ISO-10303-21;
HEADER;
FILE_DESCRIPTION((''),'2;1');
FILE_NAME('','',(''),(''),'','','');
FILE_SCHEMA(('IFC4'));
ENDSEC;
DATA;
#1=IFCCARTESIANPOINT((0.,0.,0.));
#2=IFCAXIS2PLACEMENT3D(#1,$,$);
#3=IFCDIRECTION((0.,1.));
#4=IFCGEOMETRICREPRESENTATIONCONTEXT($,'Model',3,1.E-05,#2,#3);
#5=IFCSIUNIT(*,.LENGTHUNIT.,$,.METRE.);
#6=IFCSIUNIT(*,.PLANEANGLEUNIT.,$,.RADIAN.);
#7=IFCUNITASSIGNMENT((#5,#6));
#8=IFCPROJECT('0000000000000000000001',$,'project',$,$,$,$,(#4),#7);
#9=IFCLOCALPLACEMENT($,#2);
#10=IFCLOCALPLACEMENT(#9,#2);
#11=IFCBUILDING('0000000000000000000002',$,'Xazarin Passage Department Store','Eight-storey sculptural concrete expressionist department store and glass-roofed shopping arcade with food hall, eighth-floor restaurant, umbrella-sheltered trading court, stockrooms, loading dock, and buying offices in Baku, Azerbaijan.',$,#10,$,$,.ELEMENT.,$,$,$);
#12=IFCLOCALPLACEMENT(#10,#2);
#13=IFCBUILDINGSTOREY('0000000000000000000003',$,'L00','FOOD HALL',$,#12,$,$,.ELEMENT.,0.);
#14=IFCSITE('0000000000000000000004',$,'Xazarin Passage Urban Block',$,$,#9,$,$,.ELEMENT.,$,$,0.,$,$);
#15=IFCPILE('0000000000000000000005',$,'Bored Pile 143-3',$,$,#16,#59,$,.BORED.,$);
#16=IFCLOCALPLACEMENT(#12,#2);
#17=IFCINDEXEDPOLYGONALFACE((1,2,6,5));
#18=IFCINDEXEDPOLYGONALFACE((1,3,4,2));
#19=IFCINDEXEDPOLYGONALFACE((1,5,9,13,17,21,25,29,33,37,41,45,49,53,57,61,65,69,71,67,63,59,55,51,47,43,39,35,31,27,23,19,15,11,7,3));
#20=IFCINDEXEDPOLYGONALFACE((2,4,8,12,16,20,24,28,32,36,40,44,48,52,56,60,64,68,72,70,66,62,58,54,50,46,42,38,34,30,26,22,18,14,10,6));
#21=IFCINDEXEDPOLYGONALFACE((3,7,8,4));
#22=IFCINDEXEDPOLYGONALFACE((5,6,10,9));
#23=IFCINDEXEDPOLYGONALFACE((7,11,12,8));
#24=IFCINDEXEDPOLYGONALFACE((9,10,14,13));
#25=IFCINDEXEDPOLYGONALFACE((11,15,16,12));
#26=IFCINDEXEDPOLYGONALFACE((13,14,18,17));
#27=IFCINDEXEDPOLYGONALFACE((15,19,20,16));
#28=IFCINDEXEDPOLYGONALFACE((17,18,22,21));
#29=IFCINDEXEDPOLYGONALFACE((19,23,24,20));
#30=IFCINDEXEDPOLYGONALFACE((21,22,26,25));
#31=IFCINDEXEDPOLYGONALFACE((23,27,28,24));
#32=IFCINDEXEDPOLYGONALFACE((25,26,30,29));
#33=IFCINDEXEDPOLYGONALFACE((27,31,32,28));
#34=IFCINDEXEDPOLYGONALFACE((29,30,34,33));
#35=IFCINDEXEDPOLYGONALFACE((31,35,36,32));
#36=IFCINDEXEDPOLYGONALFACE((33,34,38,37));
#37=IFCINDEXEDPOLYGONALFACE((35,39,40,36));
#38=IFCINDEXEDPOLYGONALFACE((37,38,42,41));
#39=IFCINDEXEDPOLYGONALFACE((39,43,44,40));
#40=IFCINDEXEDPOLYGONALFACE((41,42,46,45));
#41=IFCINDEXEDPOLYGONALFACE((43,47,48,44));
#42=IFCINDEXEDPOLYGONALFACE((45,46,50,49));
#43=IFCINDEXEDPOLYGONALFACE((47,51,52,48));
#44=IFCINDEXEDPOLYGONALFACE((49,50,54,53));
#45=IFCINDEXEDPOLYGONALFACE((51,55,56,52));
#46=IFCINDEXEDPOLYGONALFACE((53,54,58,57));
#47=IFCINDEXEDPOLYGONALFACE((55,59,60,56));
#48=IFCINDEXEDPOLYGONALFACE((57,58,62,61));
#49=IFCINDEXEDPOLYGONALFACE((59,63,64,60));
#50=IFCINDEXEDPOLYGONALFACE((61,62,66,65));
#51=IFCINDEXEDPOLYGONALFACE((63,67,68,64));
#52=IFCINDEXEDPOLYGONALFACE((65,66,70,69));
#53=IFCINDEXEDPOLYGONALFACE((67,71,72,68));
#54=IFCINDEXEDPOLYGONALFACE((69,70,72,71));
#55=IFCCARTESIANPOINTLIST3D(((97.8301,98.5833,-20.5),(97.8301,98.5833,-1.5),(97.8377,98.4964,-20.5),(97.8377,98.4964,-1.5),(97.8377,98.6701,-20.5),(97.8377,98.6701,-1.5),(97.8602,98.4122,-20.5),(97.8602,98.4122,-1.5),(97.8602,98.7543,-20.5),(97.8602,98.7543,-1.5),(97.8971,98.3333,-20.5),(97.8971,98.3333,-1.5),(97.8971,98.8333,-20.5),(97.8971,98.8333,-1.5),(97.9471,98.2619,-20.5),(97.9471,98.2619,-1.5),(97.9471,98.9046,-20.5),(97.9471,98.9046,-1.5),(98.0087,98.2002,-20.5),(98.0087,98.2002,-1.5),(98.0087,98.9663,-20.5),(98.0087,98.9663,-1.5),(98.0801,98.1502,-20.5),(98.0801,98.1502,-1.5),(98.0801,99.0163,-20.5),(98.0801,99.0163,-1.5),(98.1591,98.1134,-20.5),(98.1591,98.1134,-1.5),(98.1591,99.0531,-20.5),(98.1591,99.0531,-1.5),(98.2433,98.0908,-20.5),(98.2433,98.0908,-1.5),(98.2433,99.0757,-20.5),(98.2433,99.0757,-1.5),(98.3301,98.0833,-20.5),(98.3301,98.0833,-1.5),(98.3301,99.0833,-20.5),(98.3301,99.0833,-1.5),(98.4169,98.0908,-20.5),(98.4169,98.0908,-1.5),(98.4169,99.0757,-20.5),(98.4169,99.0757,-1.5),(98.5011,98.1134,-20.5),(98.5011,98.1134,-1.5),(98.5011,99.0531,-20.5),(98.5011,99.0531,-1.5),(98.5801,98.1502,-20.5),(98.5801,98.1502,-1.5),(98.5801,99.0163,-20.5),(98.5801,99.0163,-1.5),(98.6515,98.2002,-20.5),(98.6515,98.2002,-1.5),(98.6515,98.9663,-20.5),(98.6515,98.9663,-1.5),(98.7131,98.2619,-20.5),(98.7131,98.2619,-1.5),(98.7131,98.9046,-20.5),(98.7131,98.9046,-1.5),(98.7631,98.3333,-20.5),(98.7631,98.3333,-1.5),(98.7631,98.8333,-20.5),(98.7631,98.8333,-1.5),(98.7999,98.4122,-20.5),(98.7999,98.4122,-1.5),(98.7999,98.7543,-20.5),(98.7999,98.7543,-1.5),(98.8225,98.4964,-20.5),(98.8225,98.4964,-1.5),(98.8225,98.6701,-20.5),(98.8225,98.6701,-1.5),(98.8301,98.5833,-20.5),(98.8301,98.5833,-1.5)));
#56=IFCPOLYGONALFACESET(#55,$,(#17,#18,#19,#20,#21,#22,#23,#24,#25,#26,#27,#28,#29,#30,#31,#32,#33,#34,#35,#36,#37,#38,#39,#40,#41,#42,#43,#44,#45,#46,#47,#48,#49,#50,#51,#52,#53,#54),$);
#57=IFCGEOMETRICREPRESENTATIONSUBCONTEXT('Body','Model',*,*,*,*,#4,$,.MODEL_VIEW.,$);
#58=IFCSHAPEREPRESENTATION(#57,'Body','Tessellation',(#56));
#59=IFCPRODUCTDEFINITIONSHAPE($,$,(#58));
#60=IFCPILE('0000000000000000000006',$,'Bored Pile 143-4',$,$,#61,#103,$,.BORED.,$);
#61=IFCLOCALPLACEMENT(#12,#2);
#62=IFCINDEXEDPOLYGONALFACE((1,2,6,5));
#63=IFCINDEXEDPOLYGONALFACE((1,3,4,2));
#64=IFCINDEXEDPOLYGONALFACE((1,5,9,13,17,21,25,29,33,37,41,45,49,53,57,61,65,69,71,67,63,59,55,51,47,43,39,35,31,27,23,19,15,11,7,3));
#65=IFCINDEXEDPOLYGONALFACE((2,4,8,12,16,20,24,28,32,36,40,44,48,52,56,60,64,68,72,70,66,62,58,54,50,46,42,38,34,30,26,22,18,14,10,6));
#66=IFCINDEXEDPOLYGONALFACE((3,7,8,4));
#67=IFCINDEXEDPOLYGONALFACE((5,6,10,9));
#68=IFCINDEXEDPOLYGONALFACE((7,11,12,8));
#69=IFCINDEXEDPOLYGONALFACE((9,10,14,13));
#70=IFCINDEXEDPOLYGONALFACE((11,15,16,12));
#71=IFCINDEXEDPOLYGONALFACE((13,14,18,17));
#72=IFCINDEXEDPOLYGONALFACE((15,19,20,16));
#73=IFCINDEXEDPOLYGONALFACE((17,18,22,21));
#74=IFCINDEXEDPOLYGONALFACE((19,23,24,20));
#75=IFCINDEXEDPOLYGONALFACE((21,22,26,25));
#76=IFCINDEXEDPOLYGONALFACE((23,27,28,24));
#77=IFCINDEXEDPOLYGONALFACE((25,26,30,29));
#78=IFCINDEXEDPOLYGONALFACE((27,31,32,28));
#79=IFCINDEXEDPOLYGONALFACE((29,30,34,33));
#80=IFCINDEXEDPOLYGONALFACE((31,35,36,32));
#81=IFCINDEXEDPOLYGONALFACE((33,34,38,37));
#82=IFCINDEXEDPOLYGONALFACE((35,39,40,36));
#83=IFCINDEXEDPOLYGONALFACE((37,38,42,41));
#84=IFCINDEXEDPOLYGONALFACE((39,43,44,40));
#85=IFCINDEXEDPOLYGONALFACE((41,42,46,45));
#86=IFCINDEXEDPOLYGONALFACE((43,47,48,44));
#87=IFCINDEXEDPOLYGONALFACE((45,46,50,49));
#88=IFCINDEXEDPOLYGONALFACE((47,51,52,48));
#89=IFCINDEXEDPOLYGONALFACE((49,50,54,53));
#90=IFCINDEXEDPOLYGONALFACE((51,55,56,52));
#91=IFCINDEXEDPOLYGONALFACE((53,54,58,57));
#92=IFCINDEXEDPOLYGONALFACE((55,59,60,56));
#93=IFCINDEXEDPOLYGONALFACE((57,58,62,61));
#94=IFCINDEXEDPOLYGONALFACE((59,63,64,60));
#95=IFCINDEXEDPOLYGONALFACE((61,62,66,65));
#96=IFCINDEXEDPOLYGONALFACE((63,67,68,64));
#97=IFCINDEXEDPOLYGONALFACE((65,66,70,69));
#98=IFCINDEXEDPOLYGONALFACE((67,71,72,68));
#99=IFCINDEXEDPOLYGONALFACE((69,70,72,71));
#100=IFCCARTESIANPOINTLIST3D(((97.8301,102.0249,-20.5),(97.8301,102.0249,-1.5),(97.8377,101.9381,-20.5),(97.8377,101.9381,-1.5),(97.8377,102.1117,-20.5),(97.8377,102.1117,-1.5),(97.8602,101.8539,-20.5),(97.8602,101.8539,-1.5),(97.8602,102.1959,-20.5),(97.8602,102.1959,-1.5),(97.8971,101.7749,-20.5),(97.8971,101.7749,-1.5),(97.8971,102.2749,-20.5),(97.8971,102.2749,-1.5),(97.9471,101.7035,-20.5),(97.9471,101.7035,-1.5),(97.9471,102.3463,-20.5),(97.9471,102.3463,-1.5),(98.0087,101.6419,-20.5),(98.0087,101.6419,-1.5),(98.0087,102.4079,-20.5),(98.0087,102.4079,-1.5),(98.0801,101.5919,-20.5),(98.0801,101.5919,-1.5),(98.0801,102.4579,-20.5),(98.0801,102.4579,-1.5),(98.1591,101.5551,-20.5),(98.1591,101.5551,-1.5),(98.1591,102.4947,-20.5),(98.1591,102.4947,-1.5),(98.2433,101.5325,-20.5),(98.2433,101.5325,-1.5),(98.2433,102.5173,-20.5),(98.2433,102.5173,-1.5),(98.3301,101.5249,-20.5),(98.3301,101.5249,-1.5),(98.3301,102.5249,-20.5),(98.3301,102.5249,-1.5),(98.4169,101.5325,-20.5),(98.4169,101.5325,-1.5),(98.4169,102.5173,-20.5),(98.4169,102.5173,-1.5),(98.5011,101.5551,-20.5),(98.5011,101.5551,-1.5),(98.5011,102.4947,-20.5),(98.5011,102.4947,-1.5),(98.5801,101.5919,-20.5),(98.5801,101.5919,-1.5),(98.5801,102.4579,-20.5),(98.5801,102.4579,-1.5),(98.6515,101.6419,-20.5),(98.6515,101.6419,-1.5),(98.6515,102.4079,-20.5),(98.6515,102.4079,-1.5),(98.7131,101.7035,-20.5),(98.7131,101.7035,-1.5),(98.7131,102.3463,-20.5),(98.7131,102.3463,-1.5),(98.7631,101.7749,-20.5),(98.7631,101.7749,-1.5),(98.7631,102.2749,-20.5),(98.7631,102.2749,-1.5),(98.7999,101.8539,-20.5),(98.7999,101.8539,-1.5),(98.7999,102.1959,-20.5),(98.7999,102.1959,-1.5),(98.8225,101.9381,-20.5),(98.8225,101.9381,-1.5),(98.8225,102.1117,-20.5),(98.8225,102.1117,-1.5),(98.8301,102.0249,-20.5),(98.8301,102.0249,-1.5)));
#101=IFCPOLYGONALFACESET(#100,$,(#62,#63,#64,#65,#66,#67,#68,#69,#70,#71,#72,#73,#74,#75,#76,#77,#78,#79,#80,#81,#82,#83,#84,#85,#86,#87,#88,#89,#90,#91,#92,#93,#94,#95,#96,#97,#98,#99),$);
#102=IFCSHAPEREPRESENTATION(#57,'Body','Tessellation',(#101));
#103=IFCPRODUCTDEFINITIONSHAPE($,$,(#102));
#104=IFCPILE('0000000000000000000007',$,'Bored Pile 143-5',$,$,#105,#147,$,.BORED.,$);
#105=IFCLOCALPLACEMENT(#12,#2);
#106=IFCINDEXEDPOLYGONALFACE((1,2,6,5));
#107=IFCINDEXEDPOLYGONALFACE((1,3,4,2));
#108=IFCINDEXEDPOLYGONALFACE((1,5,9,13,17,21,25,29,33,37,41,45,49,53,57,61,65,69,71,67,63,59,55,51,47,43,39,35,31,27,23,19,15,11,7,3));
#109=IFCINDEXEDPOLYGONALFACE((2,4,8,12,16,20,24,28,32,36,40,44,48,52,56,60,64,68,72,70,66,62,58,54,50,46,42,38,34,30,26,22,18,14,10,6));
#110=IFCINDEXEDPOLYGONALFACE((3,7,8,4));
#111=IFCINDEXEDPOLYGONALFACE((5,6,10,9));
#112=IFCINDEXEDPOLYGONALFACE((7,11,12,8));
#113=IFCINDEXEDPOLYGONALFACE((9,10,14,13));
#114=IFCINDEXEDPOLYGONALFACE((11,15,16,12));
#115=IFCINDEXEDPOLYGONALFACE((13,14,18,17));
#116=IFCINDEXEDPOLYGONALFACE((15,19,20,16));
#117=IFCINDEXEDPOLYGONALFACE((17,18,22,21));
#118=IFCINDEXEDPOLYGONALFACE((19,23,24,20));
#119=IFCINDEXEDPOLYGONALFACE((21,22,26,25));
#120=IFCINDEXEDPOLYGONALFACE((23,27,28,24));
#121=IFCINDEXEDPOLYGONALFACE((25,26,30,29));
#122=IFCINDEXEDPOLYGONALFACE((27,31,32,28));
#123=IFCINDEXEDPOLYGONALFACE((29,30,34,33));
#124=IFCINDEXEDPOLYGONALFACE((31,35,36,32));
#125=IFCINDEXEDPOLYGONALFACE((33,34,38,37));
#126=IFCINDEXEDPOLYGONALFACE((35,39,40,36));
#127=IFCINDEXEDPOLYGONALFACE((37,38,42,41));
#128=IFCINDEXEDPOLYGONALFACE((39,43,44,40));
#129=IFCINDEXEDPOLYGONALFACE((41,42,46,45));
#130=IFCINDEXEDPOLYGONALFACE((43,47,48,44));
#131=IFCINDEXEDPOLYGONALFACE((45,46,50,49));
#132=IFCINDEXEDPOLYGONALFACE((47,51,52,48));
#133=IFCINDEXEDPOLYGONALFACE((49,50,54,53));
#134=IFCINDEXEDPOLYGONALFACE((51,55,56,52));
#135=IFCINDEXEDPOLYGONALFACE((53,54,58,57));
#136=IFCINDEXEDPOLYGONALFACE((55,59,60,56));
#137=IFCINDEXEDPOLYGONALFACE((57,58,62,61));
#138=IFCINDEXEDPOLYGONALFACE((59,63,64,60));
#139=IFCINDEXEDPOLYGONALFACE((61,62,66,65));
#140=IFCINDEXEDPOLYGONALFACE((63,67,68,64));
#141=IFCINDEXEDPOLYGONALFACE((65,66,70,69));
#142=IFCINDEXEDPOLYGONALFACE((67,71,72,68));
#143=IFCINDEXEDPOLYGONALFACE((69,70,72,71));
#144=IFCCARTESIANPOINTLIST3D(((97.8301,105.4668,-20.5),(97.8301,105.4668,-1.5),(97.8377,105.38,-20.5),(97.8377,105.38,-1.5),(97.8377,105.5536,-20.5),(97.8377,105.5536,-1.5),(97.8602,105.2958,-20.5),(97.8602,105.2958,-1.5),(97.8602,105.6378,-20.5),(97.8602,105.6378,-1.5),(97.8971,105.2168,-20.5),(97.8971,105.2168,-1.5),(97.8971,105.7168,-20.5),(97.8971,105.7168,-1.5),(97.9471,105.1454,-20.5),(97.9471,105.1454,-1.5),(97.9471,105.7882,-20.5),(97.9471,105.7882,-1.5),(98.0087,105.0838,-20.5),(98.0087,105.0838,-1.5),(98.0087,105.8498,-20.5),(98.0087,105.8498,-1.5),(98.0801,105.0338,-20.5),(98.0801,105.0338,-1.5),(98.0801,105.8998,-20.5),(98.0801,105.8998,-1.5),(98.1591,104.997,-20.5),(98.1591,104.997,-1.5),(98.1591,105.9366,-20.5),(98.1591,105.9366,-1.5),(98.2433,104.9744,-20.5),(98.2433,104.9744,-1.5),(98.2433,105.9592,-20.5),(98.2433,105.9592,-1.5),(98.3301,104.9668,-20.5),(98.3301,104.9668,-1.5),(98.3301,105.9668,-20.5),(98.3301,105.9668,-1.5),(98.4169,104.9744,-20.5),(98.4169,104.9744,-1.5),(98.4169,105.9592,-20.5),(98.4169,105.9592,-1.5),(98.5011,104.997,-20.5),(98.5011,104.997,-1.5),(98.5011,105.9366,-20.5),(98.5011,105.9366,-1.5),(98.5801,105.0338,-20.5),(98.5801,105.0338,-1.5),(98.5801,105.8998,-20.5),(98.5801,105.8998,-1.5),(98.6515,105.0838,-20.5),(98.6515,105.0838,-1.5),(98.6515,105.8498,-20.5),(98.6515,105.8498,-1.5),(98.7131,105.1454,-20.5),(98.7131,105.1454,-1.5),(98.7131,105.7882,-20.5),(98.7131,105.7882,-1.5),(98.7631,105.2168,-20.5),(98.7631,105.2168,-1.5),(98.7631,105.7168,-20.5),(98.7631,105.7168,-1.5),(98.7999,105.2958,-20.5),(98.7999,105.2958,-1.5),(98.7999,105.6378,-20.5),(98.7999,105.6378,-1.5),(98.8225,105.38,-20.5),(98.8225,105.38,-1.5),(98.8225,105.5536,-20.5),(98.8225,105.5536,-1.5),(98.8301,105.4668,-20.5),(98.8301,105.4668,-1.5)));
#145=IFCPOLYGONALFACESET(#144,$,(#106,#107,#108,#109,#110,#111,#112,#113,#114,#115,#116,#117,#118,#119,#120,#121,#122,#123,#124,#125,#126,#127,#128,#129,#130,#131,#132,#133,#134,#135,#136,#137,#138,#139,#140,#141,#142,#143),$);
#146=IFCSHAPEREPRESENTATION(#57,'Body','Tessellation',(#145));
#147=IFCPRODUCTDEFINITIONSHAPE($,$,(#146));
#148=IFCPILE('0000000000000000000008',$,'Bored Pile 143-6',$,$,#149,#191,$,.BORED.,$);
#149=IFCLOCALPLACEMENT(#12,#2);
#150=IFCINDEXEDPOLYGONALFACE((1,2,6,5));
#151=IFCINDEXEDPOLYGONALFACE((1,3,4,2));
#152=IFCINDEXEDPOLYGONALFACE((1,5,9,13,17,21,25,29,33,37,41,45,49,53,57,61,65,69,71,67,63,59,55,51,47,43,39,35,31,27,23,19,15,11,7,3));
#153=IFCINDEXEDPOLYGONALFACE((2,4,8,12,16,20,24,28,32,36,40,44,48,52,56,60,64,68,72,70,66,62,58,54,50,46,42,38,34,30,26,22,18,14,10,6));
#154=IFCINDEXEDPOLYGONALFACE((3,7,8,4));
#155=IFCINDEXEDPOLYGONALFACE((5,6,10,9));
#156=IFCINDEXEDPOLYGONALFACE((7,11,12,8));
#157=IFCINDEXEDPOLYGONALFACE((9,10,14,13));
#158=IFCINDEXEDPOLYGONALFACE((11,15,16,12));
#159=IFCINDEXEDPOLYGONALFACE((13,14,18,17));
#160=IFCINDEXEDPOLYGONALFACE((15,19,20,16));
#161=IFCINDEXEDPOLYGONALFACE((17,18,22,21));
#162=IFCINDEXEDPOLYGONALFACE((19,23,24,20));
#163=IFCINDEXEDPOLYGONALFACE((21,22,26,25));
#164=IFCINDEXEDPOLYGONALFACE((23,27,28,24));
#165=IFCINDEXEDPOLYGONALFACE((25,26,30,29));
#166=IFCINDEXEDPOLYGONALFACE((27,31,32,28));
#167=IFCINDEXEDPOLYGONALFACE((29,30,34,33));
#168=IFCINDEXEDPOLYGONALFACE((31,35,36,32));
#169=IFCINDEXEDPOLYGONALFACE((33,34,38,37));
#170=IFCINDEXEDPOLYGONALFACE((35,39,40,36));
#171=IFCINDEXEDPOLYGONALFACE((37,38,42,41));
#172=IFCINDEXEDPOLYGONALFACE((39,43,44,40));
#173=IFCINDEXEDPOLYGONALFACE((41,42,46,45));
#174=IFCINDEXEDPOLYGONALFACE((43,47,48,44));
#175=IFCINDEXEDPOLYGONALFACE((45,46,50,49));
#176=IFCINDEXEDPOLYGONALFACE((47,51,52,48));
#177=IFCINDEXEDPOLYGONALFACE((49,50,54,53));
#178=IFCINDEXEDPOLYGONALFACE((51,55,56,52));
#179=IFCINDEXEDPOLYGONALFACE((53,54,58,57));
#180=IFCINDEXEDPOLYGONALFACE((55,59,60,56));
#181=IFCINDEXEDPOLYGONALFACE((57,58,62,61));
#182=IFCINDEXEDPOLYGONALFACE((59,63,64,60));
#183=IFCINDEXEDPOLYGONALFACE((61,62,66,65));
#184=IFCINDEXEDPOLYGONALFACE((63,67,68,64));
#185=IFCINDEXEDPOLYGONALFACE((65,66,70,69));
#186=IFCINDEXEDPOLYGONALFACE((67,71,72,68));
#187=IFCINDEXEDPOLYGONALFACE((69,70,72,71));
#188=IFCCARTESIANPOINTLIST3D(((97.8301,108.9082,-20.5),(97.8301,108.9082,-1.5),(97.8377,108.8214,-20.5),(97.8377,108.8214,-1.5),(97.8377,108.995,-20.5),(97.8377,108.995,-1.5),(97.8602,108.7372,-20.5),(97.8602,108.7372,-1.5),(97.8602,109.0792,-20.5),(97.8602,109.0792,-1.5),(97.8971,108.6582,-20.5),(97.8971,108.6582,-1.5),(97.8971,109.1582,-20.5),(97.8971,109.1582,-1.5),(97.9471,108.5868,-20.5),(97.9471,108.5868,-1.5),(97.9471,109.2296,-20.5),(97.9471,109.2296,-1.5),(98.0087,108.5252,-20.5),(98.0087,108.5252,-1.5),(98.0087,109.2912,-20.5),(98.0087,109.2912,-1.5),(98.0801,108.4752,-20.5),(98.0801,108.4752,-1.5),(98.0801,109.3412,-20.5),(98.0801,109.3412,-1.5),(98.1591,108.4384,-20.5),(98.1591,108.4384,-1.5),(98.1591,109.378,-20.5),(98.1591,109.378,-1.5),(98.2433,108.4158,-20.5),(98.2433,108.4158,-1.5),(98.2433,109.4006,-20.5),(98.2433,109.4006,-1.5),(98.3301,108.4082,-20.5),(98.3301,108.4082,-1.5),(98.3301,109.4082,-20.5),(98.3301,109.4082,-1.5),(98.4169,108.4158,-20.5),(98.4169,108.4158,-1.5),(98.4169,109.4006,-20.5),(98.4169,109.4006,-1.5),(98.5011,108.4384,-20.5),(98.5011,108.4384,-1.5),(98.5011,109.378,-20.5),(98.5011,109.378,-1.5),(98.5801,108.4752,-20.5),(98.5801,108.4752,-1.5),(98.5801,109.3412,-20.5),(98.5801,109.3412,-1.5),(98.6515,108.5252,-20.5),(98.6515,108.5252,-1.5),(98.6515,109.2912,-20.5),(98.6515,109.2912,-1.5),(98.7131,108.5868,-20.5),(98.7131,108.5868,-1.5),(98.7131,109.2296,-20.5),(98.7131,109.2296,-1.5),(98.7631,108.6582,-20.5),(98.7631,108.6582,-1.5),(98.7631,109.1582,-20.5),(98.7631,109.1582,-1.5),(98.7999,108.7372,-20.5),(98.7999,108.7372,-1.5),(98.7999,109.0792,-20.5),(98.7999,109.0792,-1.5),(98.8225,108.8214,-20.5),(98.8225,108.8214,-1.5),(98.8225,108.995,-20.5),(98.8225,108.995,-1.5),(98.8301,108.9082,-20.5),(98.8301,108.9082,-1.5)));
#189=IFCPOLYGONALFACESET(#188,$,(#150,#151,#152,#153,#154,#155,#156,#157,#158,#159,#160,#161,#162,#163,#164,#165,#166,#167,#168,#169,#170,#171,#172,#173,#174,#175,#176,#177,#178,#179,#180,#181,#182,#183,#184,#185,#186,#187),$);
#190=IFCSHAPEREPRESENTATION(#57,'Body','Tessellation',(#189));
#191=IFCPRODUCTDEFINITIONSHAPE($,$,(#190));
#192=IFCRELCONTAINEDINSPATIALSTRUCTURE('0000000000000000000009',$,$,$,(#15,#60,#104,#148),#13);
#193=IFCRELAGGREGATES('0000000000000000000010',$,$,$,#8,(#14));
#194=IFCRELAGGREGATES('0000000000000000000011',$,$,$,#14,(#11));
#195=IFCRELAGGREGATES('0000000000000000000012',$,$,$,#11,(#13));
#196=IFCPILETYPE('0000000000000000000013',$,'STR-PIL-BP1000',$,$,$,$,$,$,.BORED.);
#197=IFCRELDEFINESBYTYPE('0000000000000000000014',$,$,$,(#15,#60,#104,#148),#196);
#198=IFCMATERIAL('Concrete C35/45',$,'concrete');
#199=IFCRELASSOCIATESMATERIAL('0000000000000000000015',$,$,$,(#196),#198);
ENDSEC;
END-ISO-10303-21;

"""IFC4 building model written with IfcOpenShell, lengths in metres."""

from ifc_helpers import new_model, si_unit, direction, frame, origin, origin_2d, place, context, subcontext, project, spatial, circle, extrude, material, material_profile, profile_set, type_object, element, save


model = new_model("IFC4")

# Units and contexts
model_context = context("Model", 3, precision=1e-05, world=origin(), true_north=direction((0.0, 1.0)))
body_context = subcontext(model_context, "Body", "Model", "MODEL_VIEW")
ifc_project = project(units=[si_unit("LENGTHUNIT", "METRE"), si_unit("PLANEANGLEUNIT", "RADIAN")], contexts=[model_context])

# Site, building, storey
site_placement = place(None, origin())
site = spatial("IfcSite", under=ifc_project, at=site_placement, Name="Xazarin Passage Urban Block", CompositionType="ELEMENT", RefElevation=0.0)
building_placement = place(site_placement, origin())
building = spatial("IfcBuilding", under=site, at=building_placement, Name="Xazarin Passage Department Store", Description="Eight-storey sculptural concrete expressionist department store and glass-roofed shopping arcade with food hall, eighth-floor restaurant, umbrella-sheltered trading court, stockrooms, loading dock, and buying offices in Baku, Azerbaijan.", CompositionType="ELEMENT")
storey_placement = place(building_placement, origin())
storey = spatial("IfcBuildingStorey", under=building, at=storey_placement, Name="L00", Description="FOOD HALL", CompositionType="ELEMENT", Elevation=0.0)

# Piles
ifc_material_1 = material(Name="Concrete C35/45", Category="concrete")
ifc_material_profile_1 = material_profile(ifc_material_1, circle(Radius=0.5, at=origin_2d()), Name="BP 1000")
ifc_profile_set_1 = profile_set([ifc_material_profile_1], Name="Concrete C35/45")
pile_type_1 = type_object("IfcPileType", Name="STR-PIL-BP1000", PredefinedType="BORED", material=ifc_profile_set_1)
for number, where, z_axis, x_axis, name in (
    (1, (98.3301, 98.5833, -1.5), (0.0, 0.0, -1.0), (1.0, 0.0, 0.0), "Bored Pile 143-3"),
    (2, (98.3301, 102.0249, -1.5), (0.0, 0.0, -1.0), (1.0, 0.0, 0.0), "Bored Pile 143-4"),
    (3, (98.3301, 105.4668, -1.5), (0.0, 0.0, -1.0), (1.0, 0.0, 0.0), "Bored Pile 143-5"),
    (4, (98.3301, 108.9082, -1.5), (0.0, 0.0, -1.0), (1.0, 0.0, 0.0), "Bored Pile 143-6"),
):
    element("IfcPile", number, at=place(storey_placement, frame(where, z_axis=z_axis, x_axis=x_axis)), inside=storey, type_object=pile_type_1, Name=name, PredefinedType="BORED", context=body_context, shape_type="SweptSolid", body=[
        extrude(circle(Radius=0.5, at=origin_2d()), origin(), (0.0, 0.0, 1.0), 19.0),
    ])

save(model, "model.ifc")
